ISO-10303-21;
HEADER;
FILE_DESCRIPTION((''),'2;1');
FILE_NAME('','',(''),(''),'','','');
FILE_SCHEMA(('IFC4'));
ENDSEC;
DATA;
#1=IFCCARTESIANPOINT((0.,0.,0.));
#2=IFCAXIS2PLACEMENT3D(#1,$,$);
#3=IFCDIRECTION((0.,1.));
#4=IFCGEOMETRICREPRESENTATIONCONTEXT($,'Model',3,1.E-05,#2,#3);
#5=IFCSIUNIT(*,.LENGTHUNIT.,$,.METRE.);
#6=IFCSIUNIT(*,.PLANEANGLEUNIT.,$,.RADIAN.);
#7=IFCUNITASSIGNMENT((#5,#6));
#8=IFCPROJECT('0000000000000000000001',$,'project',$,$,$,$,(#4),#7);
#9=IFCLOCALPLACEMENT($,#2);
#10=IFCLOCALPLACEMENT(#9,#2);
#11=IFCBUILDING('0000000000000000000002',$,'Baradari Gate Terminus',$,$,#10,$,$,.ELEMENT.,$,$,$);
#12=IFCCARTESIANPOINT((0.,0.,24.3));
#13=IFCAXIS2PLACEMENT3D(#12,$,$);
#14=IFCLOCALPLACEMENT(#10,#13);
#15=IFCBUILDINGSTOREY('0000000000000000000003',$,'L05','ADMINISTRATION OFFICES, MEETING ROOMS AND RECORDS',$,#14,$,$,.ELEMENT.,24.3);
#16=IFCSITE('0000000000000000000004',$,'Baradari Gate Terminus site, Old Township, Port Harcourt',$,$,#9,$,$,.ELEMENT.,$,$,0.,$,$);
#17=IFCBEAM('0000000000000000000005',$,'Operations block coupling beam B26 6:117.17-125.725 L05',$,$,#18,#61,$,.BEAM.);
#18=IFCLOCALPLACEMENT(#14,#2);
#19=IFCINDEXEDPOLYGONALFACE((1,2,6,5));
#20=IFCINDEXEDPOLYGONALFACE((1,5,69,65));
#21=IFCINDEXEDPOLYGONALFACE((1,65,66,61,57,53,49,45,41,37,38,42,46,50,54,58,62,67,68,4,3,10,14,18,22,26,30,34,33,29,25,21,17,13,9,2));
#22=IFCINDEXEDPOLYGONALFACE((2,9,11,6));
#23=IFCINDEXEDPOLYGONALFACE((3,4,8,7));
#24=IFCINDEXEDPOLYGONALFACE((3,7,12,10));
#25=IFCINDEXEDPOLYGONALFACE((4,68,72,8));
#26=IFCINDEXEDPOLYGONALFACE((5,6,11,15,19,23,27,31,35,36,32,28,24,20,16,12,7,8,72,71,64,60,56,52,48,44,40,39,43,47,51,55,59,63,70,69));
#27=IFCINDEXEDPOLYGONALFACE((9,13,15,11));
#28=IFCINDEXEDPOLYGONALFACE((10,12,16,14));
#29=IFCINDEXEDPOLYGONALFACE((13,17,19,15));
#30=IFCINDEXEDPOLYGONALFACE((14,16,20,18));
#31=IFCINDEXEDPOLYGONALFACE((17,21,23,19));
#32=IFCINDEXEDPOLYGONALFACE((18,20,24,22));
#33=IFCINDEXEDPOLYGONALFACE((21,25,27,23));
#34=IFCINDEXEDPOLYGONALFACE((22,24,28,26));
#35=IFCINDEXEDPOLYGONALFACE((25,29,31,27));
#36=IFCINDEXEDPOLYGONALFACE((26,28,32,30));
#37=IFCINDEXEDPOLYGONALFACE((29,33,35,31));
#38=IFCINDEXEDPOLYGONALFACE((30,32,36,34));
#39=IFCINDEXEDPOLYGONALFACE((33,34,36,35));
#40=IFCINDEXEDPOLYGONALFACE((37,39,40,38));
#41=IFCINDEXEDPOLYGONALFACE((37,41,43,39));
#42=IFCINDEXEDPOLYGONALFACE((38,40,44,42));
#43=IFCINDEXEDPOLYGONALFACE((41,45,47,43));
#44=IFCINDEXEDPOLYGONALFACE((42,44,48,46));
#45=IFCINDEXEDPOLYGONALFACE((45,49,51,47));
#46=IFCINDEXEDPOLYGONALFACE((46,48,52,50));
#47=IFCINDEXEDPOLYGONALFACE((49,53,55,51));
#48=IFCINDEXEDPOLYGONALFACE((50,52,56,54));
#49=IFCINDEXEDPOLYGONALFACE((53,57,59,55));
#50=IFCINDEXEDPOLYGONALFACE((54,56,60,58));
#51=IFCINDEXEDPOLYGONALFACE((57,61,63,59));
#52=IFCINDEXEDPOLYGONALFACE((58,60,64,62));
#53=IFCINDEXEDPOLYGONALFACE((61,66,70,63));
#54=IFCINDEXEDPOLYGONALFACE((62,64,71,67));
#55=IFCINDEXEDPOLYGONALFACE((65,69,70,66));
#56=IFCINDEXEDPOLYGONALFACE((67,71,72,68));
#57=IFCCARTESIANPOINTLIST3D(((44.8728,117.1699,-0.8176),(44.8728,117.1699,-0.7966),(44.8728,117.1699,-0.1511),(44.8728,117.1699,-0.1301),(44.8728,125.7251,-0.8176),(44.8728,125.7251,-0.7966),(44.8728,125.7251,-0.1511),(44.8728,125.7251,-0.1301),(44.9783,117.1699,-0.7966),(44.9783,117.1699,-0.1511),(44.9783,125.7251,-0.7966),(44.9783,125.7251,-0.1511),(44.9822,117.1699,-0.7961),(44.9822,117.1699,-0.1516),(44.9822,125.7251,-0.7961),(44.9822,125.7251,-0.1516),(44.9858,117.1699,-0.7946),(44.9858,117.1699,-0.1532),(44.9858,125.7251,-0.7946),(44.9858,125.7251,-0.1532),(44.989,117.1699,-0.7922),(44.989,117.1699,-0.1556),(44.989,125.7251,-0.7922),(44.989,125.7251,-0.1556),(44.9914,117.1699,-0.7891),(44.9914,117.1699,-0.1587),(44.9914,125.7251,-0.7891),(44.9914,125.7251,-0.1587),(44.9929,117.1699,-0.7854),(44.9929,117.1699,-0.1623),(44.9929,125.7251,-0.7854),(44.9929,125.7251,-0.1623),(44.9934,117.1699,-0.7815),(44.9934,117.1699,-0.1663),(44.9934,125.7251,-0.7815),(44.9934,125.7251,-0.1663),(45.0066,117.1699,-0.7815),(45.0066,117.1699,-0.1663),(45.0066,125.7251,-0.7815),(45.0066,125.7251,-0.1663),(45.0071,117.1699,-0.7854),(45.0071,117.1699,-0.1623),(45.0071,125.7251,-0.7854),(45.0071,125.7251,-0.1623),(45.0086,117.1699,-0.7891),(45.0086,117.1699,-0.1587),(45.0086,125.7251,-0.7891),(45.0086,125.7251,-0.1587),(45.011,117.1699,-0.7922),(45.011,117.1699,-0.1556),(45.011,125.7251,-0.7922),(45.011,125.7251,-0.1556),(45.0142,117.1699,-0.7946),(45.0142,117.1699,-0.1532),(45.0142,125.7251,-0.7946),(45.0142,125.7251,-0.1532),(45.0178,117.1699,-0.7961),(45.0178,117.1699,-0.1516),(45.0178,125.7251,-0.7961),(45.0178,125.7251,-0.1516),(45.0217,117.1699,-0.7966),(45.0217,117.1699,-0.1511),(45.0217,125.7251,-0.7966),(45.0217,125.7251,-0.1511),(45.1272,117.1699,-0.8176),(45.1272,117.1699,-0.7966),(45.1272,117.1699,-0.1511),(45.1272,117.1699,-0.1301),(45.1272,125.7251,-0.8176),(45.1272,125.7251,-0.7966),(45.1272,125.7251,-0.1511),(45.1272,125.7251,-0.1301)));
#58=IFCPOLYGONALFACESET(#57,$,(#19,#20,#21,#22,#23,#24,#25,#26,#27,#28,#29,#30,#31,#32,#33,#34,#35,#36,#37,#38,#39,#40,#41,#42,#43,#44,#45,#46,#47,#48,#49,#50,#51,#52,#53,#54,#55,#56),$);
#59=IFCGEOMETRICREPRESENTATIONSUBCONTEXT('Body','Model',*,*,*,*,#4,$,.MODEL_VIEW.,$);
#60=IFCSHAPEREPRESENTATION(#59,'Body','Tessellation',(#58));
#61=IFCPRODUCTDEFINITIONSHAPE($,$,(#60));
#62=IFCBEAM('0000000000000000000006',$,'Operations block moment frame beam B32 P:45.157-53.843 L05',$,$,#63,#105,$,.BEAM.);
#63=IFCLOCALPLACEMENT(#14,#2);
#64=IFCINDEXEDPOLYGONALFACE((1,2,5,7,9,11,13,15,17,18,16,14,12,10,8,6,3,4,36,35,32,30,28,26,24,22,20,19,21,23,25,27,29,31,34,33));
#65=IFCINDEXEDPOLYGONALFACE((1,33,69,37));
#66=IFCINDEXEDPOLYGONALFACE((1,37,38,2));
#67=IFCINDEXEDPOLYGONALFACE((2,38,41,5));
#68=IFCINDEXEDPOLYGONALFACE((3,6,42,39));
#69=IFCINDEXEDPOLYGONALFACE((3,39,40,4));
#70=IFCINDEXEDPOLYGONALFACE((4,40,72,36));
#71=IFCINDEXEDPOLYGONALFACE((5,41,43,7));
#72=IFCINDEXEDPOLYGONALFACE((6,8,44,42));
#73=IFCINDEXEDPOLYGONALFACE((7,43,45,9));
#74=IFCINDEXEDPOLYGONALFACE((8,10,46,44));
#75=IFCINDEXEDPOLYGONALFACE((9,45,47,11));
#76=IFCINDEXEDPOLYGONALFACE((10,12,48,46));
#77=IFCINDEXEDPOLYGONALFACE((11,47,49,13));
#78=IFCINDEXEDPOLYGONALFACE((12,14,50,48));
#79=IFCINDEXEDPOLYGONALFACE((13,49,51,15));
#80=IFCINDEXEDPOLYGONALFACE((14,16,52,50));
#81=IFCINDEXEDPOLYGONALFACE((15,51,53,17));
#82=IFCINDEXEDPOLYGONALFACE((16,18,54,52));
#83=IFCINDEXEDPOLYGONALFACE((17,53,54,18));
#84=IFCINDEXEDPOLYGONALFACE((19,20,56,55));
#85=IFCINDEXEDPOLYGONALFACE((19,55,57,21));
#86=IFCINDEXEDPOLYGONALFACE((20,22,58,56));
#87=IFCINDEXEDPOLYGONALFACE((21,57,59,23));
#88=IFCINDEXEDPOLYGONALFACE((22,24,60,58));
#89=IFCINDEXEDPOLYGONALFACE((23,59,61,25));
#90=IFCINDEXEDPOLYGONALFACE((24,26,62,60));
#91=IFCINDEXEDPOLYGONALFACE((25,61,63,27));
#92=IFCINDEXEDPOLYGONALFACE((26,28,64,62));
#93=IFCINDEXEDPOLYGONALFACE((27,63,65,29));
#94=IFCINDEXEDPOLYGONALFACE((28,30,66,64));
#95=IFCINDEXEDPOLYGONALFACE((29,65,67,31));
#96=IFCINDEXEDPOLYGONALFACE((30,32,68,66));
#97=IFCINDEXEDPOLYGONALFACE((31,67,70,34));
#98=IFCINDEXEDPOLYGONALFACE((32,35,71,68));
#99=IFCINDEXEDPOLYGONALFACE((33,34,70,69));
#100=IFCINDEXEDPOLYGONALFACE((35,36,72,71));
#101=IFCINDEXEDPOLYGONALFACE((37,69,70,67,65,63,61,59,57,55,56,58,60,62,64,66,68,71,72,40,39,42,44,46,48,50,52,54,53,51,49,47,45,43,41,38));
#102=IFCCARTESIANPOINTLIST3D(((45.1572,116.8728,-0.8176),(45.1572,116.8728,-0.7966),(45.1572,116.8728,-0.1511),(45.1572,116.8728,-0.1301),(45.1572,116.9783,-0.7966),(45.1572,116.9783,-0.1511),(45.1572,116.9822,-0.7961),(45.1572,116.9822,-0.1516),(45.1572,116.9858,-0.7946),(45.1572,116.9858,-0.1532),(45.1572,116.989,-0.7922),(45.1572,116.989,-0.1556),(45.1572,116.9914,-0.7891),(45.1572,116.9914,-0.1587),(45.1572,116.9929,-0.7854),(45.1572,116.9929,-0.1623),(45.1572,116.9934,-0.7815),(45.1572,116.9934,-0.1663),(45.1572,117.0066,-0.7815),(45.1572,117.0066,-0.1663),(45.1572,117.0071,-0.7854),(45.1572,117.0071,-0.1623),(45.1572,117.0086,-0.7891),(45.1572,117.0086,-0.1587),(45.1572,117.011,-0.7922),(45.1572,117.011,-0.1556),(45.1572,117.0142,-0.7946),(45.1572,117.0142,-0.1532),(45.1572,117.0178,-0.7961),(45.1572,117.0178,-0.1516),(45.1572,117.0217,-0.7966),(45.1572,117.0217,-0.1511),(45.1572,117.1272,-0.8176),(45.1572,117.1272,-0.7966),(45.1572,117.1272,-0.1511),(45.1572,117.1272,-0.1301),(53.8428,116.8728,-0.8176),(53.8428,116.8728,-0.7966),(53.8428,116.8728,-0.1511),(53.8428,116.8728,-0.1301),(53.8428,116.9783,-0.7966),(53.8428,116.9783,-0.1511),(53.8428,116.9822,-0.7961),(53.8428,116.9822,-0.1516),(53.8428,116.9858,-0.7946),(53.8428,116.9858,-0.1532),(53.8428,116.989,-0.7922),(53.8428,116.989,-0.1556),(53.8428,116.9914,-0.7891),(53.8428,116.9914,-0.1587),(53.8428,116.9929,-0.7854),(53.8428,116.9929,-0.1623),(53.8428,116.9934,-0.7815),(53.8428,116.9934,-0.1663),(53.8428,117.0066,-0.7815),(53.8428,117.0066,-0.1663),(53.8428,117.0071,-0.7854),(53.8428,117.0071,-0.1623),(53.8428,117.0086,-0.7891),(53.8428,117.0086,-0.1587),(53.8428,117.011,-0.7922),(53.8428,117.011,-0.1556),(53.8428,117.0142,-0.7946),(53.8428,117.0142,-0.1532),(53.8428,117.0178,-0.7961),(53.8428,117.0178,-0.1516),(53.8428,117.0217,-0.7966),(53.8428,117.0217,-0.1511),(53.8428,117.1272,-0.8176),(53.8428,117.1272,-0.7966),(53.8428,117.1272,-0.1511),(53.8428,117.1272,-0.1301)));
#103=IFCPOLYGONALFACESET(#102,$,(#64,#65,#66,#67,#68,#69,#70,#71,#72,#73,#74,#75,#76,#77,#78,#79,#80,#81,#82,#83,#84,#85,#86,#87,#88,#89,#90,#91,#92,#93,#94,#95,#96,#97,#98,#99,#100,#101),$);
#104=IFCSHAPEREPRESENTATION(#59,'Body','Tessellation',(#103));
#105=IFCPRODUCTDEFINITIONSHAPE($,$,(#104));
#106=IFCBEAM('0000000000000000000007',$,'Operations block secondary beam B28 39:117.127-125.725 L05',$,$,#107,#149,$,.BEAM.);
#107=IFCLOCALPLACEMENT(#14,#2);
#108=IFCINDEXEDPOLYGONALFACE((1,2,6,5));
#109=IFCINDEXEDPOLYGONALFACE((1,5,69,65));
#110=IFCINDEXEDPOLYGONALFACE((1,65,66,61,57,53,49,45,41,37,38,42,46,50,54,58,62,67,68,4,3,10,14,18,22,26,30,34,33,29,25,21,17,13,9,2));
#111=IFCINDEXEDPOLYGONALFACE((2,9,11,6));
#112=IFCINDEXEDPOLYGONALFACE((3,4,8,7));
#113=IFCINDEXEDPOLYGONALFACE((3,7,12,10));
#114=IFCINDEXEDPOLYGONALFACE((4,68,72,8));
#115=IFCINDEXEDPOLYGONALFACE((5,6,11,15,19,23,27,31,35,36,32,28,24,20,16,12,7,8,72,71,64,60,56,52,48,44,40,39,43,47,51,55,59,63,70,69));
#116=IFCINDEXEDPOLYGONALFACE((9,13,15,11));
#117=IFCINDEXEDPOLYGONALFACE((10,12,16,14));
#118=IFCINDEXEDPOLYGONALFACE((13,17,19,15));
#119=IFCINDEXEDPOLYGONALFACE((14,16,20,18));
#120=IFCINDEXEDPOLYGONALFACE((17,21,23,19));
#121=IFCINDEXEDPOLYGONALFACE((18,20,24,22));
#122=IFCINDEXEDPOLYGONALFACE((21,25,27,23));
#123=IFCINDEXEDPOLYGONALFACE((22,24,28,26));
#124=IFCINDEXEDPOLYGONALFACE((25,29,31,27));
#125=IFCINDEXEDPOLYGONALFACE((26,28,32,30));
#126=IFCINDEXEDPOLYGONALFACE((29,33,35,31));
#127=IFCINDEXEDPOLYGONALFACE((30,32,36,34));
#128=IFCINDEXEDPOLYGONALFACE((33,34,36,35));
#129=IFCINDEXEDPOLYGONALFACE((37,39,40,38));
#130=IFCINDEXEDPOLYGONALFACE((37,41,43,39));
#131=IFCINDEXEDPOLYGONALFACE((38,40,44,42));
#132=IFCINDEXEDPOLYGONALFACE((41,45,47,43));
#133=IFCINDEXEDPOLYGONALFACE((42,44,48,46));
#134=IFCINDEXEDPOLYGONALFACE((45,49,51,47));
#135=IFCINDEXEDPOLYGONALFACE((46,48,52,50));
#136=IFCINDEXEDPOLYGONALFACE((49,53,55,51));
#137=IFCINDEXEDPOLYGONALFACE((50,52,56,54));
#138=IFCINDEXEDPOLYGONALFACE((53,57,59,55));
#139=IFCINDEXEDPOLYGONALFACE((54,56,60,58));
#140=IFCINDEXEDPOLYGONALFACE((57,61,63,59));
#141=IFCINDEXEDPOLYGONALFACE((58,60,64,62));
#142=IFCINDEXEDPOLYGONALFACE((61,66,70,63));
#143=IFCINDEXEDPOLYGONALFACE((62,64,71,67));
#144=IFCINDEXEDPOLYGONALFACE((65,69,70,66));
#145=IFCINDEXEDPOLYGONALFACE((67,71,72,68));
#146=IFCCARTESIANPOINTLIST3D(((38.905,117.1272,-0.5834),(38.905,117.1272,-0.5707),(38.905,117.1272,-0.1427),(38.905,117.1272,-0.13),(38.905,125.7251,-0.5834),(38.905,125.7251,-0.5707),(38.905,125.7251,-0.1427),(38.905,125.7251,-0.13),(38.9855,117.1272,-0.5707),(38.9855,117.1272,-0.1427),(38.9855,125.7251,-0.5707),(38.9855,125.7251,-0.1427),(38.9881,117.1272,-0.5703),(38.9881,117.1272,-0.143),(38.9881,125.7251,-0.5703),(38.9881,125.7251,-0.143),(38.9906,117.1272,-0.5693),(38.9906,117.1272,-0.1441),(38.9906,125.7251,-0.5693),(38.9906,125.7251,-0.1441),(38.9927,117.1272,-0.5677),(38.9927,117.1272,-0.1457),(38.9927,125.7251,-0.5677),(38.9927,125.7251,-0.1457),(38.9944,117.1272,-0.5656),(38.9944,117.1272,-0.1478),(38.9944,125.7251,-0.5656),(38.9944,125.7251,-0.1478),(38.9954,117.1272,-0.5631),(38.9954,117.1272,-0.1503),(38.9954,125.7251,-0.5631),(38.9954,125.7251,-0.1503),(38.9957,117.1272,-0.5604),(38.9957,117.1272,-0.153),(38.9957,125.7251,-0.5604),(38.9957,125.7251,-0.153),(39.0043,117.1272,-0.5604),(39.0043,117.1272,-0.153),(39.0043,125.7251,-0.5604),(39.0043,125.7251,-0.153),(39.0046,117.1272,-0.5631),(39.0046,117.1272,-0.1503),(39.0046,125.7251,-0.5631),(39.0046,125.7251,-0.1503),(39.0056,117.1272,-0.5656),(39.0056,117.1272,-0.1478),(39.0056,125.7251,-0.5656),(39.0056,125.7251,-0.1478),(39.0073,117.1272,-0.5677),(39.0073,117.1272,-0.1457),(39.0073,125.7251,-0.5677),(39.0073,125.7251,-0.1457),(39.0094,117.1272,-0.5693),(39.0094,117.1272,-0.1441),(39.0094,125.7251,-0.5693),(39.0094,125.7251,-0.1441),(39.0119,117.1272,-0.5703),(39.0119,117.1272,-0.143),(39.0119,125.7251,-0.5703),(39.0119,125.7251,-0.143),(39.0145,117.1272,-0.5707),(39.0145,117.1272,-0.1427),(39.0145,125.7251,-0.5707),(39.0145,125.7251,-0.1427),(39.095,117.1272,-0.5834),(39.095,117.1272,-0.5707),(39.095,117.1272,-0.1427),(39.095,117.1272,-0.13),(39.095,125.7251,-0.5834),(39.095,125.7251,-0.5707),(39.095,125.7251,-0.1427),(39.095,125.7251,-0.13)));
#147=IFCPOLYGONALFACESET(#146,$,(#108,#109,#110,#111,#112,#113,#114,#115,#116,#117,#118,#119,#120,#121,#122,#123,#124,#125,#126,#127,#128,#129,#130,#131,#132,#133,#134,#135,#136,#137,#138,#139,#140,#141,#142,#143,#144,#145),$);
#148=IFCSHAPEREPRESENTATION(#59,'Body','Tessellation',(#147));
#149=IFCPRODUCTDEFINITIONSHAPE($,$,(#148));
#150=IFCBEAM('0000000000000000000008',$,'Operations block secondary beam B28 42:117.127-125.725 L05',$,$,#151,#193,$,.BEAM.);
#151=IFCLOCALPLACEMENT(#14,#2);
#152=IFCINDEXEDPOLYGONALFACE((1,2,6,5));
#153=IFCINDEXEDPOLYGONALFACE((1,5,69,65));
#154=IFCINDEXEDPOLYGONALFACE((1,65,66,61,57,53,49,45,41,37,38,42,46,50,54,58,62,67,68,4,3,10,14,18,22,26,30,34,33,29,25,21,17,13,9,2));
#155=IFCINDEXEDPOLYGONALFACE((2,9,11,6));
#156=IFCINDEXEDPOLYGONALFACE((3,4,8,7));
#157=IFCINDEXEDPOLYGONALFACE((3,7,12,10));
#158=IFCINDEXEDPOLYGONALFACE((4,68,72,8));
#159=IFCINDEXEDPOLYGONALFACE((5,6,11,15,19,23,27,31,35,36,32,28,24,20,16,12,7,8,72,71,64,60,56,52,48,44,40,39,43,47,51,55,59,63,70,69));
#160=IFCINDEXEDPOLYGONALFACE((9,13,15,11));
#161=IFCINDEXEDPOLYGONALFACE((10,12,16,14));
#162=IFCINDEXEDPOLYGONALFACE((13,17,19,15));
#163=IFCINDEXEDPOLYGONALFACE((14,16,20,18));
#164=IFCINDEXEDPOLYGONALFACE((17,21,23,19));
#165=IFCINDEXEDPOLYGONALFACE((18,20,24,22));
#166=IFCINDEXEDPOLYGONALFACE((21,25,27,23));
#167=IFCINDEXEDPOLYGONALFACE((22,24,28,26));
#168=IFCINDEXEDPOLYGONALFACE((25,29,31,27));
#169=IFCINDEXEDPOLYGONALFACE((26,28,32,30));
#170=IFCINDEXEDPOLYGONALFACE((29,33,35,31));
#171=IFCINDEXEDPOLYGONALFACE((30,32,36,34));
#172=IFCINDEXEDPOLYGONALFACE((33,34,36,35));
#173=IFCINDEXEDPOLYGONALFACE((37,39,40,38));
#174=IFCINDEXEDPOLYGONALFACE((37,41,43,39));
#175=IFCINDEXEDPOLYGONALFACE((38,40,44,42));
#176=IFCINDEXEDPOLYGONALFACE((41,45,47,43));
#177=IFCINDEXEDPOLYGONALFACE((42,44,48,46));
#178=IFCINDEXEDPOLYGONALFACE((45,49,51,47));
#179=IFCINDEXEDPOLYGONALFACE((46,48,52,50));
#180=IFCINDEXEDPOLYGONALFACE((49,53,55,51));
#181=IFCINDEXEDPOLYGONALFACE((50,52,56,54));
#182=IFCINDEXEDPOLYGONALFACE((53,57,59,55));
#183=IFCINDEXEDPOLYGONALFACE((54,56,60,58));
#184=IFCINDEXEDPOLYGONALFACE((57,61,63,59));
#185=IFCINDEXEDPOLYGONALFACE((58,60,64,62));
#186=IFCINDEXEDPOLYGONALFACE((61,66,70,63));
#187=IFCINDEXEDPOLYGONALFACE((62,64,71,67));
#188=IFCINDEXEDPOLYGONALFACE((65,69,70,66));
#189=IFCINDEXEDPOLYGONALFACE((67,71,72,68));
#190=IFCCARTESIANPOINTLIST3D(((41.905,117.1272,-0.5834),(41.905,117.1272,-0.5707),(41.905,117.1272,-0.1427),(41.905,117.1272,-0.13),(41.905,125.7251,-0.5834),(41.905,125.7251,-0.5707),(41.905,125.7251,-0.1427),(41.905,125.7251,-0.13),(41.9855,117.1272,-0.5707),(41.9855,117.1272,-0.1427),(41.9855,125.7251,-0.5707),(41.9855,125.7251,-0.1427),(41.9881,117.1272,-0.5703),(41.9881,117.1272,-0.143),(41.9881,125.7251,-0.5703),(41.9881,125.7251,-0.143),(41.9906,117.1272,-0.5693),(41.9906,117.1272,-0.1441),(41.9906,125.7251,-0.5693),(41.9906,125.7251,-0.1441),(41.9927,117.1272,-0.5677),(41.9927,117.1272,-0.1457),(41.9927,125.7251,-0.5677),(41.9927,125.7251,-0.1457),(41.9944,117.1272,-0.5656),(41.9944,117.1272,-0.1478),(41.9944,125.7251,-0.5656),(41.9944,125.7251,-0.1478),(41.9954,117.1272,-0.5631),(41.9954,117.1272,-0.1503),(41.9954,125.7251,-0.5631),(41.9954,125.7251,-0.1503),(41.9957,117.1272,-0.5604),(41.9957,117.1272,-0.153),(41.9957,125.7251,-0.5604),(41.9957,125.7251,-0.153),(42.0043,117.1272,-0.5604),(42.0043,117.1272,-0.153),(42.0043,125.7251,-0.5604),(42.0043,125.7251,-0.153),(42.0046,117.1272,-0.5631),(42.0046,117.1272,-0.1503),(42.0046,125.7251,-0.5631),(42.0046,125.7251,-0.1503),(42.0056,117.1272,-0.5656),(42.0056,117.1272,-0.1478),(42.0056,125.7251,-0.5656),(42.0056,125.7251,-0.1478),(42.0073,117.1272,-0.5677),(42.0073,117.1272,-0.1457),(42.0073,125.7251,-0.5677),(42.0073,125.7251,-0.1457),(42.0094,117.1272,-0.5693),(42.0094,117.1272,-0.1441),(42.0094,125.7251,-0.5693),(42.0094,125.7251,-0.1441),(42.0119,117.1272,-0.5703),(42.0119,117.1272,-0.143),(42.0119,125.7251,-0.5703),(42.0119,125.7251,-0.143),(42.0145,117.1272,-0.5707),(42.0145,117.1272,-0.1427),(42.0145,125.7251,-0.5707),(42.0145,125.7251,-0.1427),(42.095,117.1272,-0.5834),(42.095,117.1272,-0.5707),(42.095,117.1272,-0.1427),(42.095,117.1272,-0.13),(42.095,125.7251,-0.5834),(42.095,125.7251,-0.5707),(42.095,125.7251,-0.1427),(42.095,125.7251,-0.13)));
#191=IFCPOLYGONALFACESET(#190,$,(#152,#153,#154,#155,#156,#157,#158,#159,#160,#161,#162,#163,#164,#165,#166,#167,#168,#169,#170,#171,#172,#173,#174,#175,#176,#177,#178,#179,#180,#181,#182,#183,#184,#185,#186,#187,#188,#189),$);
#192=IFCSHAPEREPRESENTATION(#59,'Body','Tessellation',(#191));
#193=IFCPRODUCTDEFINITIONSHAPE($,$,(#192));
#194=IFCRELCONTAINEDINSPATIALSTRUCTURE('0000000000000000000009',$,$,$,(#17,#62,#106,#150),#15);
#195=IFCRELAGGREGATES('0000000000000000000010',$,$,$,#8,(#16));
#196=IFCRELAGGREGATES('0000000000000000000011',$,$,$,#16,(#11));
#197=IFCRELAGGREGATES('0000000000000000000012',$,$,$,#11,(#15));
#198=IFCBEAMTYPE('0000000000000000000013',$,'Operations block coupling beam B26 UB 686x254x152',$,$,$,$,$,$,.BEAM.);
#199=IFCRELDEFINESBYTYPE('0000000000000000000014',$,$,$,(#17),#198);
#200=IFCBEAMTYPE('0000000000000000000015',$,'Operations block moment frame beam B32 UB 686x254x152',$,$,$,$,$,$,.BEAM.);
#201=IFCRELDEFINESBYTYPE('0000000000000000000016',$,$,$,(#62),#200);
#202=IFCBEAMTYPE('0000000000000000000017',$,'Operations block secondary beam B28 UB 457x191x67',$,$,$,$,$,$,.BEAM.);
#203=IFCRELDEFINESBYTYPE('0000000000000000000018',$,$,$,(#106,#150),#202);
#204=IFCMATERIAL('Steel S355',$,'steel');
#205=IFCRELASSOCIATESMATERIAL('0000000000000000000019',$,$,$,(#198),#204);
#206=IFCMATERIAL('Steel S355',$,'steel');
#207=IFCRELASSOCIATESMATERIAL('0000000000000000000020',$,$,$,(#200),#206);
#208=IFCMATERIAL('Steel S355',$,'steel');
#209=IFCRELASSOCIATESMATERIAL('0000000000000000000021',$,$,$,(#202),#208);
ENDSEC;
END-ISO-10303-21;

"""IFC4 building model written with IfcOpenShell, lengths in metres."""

from ifc_helpers import new_model, si_unit, direction, frame, origin, origin_2d, place, context, subcontext, project, spatial, i_section, extrude, material, material_profile, profile_set, type_object, element, save


model = new_model("IFC4")

# Units and contexts
model_context = context("Model", 3, precision=1e-05, world=origin(), true_north=direction((0.0, 1.0)))
body_context = subcontext(model_context, "Body", "Model", "MODEL_VIEW")
ifc_project = project(units=[si_unit("LENGTHUNIT", "METRE"), si_unit("PLANEANGLEUNIT", "RADIAN")], contexts=[model_context])

# Site, building, storey
site_placement = place(None, origin())
site = spatial("IfcSite", under=ifc_project, at=site_placement, Name="Baradari Gate Terminus site, Old Township, Port Harcourt", CompositionType="ELEMENT", RefElevation=0.0)
building_placement = place(site_placement, origin())
building = spatial("IfcBuilding", under=site, at=building_placement, Name="Baradari Gate Terminus", CompositionType="ELEMENT")
storey_placement = place(building_placement, frame((0.0, 0.0, 24.3)))
storey = spatial("IfcBuildingStorey", under=building, at=storey_placement, Name="L05", Description="ADMINISTRATION OFFICES, MEETING ROOMS AND RECORDS", CompositionType="ELEMENT", Elevation=24.3)

# Beams
ifc_material_1 = material(Name="Steel S355", Category="steel")
ifc_material_profile_1 = material_profile(ifc_material_1, i_section(OverallWidth=0.2544, OverallDepth=0.6875, WebThickness=0.0132, FlangeThickness=0.021, FilletRadius=0.0151, at=origin_2d()), Name="UB 686x254x152")
ifc_profile_set_1 = profile_set([ifc_material_profile_1], Name="Steel S355")
beam_type_1 = type_object("IfcBeamType", Name="Operations block coupling beam B26 UB 686x254x152", PredefinedType="BEAM", material=ifc_profile_set_1)
beam_1_placement = place(storey_placement, frame((45.0, 117.1699, -0.4739), z_axis=(0.0, 1.0, 0.0), x_axis=(-1.0, 0.0, 0.0)))
element("IfcBeam", 1, at=beam_1_placement, inside=storey, type_object=beam_type_1, Name="Operations block coupling beam B26 6:117.17-125.725 L05", PredefinedType="BEAM", context=body_context, shape_type="SweptSolid", body=[
    extrude(i_section(OverallWidth=0.2544, OverallDepth=0.6875, WebThickness=0.0132, FlangeThickness=0.021, FilletRadius=0.0151, at=origin_2d()), origin(), (0.0, 0.0, 1.0), 8.5552),
])
ifc_material_2 = material(Name="Steel S355", Category="steel")
ifc_material_profile_2 = material_profile(ifc_material_2, i_section(OverallWidth=0.2544, OverallDepth=0.6875, WebThickness=0.0132, FlangeThickness=0.021, FilletRadius=0.0151, at=origin_2d()), Name="UB 686x254x152")
ifc_profile_set_2 = profile_set([ifc_material_profile_2], Name="Steel S355")
beam_type_2 = type_object("IfcBeamType", Name="Operations block moment frame beam B32 UB 686x254x152", PredefinedType="BEAM", material=ifc_profile_set_2)
beam_2_placement = place(storey_placement, frame((45.1572, 117.0, -0.4739), z_axis=(1.0, 0.0, 0.0), x_axis=(0.0, 1.0, 0.0)))
element("IfcBeam", 2, at=beam_2_placement, inside=storey, type_object=beam_type_2, Name="Operations block moment frame beam B32 P:45.157-53.843 L05", PredefinedType="BEAM", context=body_context, shape_type="SweptSolid", body=[
    extrude(i_section(OverallWidth=0.2544, OverallDepth=0.6875, WebThickness=0.0132, FlangeThickness=0.021, FilletRadius=0.0151, at=origin_2d()), origin(), (0.0, 0.0, 1.0), 8.6855),
])
ifc_material_3 = material(Name="Steel S355", Category="steel")
ifc_material_profile_3 = material_profile(ifc_material_3, i_section(OverallWidth=0.1899, OverallDepth=0.4534, WebThickness=0.0085, FlangeThickness=0.0127, FilletRadius=0.0103, at=origin_2d()), Name="UB 457x191x67")
ifc_profile_set_3 = profile_set([ifc_material_profile_3], Name="Steel S355")
beam_type_3 = type_object("IfcBeamType", Name="Operations block secondary beam B28 UB 457x191x67", PredefinedType="BEAM", material=ifc_profile_set_3)
for number, where, z_axis, x_axis, name in (
    (3, (39.0, 117.1272, -0.3567), (0.0, 1.0, 0.0), (-1.0, 0.0, 0.0), "Operations block secondary beam B28 39:117.127-125.725 L05"),
    (4, (42.0, 117.1272, -0.3567), (0.0, 1.0, 0.0), (-1.0, 0.0, 0.0), "Operations block secondary beam B28 42:117.127-125.725 L05"),
):
    element("IfcBeam", number, at=place(storey_placement, frame(where, z_axis=z_axis, x_axis=x_axis)), inside=storey, type_object=beam_type_3, Name=name, PredefinedType="BEAM", context=body_context, shape_type="SweptSolid", body=[
        extrude(i_section(OverallWidth=0.1899, OverallDepth=0.4534, WebThickness=0.0085, FlangeThickness=0.0127, FilletRadius=0.0103, at=origin_2d()), origin(), (0.0, 0.0, 1.0), 8.5979),
    ])

save(model, "model.ifc")
